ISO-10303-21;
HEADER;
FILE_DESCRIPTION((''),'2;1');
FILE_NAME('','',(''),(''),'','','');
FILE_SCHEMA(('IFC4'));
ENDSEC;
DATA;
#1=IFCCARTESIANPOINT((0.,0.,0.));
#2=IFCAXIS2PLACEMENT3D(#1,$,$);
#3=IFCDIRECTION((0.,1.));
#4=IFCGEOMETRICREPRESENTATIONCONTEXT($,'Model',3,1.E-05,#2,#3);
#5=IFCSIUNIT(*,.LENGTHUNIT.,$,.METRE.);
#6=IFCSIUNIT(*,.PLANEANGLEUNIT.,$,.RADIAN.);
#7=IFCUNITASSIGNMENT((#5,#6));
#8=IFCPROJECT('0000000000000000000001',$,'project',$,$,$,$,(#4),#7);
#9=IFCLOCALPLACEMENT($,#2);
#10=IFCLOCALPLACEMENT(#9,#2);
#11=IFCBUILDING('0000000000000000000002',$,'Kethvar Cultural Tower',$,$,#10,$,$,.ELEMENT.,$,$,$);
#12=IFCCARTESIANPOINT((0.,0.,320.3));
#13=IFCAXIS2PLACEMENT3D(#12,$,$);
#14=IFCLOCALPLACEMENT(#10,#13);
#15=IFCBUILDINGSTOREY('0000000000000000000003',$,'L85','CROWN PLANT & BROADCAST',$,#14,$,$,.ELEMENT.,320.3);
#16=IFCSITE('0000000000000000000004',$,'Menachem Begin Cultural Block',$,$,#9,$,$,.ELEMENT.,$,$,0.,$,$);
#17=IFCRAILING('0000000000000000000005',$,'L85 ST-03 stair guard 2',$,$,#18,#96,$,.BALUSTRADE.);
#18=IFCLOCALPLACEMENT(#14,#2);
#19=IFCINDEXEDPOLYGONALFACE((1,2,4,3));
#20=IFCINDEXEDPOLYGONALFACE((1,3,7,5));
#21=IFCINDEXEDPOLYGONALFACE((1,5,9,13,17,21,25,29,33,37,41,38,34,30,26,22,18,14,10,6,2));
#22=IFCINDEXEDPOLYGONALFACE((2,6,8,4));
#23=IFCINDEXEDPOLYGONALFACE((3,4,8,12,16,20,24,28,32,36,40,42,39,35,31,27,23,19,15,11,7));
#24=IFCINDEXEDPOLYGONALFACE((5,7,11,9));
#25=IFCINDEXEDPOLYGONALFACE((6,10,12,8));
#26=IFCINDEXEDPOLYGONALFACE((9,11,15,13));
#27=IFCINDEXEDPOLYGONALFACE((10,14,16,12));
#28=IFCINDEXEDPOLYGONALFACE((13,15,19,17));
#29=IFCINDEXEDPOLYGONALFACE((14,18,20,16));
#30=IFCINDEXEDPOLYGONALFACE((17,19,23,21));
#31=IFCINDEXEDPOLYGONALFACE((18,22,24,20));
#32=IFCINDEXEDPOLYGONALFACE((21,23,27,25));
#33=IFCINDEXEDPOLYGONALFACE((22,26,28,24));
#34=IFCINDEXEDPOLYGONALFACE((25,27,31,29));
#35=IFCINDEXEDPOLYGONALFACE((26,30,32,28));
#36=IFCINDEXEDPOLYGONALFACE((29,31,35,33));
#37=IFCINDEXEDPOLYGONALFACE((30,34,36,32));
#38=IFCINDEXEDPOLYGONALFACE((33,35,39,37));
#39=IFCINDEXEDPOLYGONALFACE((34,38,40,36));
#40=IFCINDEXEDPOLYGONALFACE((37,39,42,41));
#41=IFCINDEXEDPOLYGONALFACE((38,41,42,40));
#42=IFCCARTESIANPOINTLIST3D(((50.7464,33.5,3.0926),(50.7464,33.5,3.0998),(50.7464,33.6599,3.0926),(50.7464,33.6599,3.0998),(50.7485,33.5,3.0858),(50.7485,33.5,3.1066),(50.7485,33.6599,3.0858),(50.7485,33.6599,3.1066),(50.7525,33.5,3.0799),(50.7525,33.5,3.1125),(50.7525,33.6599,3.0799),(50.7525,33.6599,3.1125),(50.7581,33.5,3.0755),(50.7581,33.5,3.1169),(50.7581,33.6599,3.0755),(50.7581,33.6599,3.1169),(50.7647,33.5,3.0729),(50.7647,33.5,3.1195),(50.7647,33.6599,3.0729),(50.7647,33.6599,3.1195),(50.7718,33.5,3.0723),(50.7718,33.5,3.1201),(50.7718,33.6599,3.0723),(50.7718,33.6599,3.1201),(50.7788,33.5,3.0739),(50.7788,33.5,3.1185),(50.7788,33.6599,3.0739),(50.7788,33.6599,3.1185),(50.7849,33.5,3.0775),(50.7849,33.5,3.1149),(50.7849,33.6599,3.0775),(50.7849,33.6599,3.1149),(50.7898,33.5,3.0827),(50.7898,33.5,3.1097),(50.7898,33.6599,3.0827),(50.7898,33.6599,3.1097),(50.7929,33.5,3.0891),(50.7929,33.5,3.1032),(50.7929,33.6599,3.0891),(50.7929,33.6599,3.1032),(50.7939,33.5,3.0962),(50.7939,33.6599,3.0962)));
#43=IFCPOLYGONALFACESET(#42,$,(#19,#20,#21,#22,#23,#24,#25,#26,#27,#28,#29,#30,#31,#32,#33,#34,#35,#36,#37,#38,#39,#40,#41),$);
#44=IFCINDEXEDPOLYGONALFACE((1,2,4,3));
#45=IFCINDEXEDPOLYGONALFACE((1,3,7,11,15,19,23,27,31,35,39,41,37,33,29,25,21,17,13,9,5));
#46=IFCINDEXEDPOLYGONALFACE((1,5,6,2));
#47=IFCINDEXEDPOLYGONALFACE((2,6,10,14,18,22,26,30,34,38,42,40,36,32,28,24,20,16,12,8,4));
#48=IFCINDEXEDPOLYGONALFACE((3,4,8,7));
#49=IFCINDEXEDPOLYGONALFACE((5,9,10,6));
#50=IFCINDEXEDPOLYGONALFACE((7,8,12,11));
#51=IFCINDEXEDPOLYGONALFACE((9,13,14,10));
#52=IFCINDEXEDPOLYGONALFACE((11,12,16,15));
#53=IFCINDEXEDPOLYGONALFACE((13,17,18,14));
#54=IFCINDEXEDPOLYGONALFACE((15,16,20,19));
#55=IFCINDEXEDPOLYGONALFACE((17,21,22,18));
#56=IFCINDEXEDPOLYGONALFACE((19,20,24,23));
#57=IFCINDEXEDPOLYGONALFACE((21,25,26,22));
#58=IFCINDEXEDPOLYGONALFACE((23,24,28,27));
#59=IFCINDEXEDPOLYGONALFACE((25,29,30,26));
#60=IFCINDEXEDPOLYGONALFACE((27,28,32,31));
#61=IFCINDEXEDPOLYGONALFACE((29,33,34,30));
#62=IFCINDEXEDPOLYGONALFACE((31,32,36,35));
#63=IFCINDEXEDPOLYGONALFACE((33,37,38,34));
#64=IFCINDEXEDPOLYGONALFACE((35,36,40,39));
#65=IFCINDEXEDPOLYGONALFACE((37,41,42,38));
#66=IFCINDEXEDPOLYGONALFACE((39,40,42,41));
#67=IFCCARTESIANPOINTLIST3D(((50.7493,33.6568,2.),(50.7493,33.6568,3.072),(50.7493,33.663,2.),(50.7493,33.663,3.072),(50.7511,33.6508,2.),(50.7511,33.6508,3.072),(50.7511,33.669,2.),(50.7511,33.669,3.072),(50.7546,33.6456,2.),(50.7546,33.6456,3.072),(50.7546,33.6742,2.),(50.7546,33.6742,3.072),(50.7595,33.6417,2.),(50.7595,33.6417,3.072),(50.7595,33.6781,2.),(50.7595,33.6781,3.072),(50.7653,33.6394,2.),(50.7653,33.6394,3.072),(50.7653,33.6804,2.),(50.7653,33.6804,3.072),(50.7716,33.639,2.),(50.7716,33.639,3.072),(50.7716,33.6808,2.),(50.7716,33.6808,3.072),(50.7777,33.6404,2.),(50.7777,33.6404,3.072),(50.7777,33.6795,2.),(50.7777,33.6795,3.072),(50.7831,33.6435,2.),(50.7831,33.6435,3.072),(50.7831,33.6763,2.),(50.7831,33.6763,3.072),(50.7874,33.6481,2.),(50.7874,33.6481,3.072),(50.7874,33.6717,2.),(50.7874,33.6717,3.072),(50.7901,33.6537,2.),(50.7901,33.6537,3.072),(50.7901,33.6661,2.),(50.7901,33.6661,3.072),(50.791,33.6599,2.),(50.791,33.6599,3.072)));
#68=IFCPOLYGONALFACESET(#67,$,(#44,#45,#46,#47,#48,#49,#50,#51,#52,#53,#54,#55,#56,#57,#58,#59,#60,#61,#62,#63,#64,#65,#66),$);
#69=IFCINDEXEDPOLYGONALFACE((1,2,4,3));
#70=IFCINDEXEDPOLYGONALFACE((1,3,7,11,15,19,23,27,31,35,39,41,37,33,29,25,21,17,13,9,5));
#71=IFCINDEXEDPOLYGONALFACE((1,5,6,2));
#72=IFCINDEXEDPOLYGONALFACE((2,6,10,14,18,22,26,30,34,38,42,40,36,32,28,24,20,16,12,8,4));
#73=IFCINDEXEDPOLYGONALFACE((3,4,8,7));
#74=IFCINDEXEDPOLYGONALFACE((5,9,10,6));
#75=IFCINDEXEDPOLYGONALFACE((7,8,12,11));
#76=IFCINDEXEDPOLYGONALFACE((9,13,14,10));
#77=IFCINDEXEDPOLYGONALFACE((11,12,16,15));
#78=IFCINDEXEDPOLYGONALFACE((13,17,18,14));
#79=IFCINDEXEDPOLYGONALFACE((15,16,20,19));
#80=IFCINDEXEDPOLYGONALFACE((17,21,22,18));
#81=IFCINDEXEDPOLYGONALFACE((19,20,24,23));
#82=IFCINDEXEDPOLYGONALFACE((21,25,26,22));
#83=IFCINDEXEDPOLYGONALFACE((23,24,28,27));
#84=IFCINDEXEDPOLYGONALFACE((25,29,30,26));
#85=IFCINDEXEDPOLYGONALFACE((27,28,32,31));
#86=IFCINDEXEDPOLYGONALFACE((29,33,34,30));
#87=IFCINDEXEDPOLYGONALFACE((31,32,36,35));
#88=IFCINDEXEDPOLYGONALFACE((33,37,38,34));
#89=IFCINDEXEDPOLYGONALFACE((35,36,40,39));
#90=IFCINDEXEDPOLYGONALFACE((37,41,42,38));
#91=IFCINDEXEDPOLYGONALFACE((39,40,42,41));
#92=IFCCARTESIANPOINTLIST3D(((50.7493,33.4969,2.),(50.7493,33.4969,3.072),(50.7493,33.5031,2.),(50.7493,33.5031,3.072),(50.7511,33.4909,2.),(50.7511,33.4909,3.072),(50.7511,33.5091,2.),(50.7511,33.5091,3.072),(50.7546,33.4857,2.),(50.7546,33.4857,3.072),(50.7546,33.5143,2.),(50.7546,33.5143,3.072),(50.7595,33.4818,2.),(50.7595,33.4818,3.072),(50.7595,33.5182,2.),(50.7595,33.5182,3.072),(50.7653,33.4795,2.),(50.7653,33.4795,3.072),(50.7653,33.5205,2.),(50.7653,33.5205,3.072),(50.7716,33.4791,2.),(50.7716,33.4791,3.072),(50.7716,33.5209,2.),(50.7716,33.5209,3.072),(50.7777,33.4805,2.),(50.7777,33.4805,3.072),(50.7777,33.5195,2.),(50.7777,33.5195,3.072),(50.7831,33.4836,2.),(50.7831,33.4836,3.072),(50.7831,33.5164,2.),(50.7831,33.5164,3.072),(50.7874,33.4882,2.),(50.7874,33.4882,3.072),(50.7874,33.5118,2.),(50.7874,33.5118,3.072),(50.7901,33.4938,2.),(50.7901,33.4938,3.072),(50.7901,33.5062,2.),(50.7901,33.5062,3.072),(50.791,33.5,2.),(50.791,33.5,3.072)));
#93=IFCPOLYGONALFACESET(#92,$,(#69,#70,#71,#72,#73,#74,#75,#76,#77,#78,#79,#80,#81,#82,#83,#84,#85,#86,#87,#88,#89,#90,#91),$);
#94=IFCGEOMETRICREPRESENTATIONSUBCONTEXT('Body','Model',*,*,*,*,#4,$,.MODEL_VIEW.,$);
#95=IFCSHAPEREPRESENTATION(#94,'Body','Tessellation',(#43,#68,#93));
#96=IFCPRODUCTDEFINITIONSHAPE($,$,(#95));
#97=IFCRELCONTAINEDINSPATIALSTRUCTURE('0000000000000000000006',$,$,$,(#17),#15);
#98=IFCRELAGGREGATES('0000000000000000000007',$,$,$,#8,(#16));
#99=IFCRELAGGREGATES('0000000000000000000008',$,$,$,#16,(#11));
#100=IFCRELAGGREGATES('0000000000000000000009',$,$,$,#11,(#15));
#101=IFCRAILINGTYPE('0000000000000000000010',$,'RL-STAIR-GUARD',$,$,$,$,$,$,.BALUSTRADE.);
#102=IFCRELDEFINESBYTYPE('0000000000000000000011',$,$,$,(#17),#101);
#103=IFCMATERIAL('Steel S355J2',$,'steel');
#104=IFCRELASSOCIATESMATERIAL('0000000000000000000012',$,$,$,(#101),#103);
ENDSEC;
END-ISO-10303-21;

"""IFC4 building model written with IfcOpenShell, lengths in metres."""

from ifc_helpers import new_model, si_unit, direction, frame, origin, origin_2d, place, context, subcontext, project, spatial, circle, extrude, material, type_object, element, save


model = new_model("IFC4")

# Units and contexts
model_context = context("Model", 3, precision=1e-05, world=origin(), true_north=direction((0.0, 1.0)))
body_context = subcontext(model_context, "Body", "Model", "MODEL_VIEW")
ifc_project = project(units=[si_unit("LENGTHUNIT", "METRE"), si_unit("PLANEANGLEUNIT", "RADIAN")], contexts=[model_context])

# Site, building, storey
site_placement = place(None, origin())
site = spatial("IfcSite", under=ifc_project, at=site_placement, Name="Menachem Begin Cultural Block", CompositionType="ELEMENT", RefElevation=0.0)
building_placement = place(site_placement, origin())
building = spatial("IfcBuilding", under=site, at=building_placement, Name="Kethvar Cultural Tower", CompositionType="ELEMENT")
storey_placement = place(building_placement, frame((0.0, 0.0, 320.3)))
storey = spatial("IfcBuildingStorey", under=building, at=storey_placement, Name="L85", Description="CROWN PLANT & BROADCAST", CompositionType="ELEMENT", Elevation=320.3)

# Shared definitions
ifc_material_1 = material(Name="Steel S355J2", Category="steel")

# Railing
railing_type_1 = type_object("IfcRailingType", Name="RL-STAIR-GUARD", PredefinedType="BALUSTRADE", material=ifc_material_1)
railing_1_placement = place(storey_placement, frame((50.77, 33.6599, 2.0)))
element("IfcRailing", 1, at=railing_1_placement, inside=storey, type_object=railing_type_1, Name="L85 ST-03 stair guard 2", PredefinedType="BALUSTRADE", context=body_context, shape_type="SweptSolid", body=[
    extrude(circle(Radius=0.0239, at=origin_2d()), frame((0.0, 0.0, 1.0962), z_axis=(0.0, -1.0, 0.0), x_axis=(1.0, 0.0, 0.0)), (0.0, 0.0, 1.0), 0.1599),
    extrude(circle(Radius=0.021, at=origin_2d()), origin(), (0.0, 0.0, 1.0), 1.072),
    extrude(circle(Radius=0.021, at=origin_2d()), frame((0.0, -0.1599, 0.0)), (0.0, 0.0, 1.0), 1.072),
])

save(model, "model.ifc")
